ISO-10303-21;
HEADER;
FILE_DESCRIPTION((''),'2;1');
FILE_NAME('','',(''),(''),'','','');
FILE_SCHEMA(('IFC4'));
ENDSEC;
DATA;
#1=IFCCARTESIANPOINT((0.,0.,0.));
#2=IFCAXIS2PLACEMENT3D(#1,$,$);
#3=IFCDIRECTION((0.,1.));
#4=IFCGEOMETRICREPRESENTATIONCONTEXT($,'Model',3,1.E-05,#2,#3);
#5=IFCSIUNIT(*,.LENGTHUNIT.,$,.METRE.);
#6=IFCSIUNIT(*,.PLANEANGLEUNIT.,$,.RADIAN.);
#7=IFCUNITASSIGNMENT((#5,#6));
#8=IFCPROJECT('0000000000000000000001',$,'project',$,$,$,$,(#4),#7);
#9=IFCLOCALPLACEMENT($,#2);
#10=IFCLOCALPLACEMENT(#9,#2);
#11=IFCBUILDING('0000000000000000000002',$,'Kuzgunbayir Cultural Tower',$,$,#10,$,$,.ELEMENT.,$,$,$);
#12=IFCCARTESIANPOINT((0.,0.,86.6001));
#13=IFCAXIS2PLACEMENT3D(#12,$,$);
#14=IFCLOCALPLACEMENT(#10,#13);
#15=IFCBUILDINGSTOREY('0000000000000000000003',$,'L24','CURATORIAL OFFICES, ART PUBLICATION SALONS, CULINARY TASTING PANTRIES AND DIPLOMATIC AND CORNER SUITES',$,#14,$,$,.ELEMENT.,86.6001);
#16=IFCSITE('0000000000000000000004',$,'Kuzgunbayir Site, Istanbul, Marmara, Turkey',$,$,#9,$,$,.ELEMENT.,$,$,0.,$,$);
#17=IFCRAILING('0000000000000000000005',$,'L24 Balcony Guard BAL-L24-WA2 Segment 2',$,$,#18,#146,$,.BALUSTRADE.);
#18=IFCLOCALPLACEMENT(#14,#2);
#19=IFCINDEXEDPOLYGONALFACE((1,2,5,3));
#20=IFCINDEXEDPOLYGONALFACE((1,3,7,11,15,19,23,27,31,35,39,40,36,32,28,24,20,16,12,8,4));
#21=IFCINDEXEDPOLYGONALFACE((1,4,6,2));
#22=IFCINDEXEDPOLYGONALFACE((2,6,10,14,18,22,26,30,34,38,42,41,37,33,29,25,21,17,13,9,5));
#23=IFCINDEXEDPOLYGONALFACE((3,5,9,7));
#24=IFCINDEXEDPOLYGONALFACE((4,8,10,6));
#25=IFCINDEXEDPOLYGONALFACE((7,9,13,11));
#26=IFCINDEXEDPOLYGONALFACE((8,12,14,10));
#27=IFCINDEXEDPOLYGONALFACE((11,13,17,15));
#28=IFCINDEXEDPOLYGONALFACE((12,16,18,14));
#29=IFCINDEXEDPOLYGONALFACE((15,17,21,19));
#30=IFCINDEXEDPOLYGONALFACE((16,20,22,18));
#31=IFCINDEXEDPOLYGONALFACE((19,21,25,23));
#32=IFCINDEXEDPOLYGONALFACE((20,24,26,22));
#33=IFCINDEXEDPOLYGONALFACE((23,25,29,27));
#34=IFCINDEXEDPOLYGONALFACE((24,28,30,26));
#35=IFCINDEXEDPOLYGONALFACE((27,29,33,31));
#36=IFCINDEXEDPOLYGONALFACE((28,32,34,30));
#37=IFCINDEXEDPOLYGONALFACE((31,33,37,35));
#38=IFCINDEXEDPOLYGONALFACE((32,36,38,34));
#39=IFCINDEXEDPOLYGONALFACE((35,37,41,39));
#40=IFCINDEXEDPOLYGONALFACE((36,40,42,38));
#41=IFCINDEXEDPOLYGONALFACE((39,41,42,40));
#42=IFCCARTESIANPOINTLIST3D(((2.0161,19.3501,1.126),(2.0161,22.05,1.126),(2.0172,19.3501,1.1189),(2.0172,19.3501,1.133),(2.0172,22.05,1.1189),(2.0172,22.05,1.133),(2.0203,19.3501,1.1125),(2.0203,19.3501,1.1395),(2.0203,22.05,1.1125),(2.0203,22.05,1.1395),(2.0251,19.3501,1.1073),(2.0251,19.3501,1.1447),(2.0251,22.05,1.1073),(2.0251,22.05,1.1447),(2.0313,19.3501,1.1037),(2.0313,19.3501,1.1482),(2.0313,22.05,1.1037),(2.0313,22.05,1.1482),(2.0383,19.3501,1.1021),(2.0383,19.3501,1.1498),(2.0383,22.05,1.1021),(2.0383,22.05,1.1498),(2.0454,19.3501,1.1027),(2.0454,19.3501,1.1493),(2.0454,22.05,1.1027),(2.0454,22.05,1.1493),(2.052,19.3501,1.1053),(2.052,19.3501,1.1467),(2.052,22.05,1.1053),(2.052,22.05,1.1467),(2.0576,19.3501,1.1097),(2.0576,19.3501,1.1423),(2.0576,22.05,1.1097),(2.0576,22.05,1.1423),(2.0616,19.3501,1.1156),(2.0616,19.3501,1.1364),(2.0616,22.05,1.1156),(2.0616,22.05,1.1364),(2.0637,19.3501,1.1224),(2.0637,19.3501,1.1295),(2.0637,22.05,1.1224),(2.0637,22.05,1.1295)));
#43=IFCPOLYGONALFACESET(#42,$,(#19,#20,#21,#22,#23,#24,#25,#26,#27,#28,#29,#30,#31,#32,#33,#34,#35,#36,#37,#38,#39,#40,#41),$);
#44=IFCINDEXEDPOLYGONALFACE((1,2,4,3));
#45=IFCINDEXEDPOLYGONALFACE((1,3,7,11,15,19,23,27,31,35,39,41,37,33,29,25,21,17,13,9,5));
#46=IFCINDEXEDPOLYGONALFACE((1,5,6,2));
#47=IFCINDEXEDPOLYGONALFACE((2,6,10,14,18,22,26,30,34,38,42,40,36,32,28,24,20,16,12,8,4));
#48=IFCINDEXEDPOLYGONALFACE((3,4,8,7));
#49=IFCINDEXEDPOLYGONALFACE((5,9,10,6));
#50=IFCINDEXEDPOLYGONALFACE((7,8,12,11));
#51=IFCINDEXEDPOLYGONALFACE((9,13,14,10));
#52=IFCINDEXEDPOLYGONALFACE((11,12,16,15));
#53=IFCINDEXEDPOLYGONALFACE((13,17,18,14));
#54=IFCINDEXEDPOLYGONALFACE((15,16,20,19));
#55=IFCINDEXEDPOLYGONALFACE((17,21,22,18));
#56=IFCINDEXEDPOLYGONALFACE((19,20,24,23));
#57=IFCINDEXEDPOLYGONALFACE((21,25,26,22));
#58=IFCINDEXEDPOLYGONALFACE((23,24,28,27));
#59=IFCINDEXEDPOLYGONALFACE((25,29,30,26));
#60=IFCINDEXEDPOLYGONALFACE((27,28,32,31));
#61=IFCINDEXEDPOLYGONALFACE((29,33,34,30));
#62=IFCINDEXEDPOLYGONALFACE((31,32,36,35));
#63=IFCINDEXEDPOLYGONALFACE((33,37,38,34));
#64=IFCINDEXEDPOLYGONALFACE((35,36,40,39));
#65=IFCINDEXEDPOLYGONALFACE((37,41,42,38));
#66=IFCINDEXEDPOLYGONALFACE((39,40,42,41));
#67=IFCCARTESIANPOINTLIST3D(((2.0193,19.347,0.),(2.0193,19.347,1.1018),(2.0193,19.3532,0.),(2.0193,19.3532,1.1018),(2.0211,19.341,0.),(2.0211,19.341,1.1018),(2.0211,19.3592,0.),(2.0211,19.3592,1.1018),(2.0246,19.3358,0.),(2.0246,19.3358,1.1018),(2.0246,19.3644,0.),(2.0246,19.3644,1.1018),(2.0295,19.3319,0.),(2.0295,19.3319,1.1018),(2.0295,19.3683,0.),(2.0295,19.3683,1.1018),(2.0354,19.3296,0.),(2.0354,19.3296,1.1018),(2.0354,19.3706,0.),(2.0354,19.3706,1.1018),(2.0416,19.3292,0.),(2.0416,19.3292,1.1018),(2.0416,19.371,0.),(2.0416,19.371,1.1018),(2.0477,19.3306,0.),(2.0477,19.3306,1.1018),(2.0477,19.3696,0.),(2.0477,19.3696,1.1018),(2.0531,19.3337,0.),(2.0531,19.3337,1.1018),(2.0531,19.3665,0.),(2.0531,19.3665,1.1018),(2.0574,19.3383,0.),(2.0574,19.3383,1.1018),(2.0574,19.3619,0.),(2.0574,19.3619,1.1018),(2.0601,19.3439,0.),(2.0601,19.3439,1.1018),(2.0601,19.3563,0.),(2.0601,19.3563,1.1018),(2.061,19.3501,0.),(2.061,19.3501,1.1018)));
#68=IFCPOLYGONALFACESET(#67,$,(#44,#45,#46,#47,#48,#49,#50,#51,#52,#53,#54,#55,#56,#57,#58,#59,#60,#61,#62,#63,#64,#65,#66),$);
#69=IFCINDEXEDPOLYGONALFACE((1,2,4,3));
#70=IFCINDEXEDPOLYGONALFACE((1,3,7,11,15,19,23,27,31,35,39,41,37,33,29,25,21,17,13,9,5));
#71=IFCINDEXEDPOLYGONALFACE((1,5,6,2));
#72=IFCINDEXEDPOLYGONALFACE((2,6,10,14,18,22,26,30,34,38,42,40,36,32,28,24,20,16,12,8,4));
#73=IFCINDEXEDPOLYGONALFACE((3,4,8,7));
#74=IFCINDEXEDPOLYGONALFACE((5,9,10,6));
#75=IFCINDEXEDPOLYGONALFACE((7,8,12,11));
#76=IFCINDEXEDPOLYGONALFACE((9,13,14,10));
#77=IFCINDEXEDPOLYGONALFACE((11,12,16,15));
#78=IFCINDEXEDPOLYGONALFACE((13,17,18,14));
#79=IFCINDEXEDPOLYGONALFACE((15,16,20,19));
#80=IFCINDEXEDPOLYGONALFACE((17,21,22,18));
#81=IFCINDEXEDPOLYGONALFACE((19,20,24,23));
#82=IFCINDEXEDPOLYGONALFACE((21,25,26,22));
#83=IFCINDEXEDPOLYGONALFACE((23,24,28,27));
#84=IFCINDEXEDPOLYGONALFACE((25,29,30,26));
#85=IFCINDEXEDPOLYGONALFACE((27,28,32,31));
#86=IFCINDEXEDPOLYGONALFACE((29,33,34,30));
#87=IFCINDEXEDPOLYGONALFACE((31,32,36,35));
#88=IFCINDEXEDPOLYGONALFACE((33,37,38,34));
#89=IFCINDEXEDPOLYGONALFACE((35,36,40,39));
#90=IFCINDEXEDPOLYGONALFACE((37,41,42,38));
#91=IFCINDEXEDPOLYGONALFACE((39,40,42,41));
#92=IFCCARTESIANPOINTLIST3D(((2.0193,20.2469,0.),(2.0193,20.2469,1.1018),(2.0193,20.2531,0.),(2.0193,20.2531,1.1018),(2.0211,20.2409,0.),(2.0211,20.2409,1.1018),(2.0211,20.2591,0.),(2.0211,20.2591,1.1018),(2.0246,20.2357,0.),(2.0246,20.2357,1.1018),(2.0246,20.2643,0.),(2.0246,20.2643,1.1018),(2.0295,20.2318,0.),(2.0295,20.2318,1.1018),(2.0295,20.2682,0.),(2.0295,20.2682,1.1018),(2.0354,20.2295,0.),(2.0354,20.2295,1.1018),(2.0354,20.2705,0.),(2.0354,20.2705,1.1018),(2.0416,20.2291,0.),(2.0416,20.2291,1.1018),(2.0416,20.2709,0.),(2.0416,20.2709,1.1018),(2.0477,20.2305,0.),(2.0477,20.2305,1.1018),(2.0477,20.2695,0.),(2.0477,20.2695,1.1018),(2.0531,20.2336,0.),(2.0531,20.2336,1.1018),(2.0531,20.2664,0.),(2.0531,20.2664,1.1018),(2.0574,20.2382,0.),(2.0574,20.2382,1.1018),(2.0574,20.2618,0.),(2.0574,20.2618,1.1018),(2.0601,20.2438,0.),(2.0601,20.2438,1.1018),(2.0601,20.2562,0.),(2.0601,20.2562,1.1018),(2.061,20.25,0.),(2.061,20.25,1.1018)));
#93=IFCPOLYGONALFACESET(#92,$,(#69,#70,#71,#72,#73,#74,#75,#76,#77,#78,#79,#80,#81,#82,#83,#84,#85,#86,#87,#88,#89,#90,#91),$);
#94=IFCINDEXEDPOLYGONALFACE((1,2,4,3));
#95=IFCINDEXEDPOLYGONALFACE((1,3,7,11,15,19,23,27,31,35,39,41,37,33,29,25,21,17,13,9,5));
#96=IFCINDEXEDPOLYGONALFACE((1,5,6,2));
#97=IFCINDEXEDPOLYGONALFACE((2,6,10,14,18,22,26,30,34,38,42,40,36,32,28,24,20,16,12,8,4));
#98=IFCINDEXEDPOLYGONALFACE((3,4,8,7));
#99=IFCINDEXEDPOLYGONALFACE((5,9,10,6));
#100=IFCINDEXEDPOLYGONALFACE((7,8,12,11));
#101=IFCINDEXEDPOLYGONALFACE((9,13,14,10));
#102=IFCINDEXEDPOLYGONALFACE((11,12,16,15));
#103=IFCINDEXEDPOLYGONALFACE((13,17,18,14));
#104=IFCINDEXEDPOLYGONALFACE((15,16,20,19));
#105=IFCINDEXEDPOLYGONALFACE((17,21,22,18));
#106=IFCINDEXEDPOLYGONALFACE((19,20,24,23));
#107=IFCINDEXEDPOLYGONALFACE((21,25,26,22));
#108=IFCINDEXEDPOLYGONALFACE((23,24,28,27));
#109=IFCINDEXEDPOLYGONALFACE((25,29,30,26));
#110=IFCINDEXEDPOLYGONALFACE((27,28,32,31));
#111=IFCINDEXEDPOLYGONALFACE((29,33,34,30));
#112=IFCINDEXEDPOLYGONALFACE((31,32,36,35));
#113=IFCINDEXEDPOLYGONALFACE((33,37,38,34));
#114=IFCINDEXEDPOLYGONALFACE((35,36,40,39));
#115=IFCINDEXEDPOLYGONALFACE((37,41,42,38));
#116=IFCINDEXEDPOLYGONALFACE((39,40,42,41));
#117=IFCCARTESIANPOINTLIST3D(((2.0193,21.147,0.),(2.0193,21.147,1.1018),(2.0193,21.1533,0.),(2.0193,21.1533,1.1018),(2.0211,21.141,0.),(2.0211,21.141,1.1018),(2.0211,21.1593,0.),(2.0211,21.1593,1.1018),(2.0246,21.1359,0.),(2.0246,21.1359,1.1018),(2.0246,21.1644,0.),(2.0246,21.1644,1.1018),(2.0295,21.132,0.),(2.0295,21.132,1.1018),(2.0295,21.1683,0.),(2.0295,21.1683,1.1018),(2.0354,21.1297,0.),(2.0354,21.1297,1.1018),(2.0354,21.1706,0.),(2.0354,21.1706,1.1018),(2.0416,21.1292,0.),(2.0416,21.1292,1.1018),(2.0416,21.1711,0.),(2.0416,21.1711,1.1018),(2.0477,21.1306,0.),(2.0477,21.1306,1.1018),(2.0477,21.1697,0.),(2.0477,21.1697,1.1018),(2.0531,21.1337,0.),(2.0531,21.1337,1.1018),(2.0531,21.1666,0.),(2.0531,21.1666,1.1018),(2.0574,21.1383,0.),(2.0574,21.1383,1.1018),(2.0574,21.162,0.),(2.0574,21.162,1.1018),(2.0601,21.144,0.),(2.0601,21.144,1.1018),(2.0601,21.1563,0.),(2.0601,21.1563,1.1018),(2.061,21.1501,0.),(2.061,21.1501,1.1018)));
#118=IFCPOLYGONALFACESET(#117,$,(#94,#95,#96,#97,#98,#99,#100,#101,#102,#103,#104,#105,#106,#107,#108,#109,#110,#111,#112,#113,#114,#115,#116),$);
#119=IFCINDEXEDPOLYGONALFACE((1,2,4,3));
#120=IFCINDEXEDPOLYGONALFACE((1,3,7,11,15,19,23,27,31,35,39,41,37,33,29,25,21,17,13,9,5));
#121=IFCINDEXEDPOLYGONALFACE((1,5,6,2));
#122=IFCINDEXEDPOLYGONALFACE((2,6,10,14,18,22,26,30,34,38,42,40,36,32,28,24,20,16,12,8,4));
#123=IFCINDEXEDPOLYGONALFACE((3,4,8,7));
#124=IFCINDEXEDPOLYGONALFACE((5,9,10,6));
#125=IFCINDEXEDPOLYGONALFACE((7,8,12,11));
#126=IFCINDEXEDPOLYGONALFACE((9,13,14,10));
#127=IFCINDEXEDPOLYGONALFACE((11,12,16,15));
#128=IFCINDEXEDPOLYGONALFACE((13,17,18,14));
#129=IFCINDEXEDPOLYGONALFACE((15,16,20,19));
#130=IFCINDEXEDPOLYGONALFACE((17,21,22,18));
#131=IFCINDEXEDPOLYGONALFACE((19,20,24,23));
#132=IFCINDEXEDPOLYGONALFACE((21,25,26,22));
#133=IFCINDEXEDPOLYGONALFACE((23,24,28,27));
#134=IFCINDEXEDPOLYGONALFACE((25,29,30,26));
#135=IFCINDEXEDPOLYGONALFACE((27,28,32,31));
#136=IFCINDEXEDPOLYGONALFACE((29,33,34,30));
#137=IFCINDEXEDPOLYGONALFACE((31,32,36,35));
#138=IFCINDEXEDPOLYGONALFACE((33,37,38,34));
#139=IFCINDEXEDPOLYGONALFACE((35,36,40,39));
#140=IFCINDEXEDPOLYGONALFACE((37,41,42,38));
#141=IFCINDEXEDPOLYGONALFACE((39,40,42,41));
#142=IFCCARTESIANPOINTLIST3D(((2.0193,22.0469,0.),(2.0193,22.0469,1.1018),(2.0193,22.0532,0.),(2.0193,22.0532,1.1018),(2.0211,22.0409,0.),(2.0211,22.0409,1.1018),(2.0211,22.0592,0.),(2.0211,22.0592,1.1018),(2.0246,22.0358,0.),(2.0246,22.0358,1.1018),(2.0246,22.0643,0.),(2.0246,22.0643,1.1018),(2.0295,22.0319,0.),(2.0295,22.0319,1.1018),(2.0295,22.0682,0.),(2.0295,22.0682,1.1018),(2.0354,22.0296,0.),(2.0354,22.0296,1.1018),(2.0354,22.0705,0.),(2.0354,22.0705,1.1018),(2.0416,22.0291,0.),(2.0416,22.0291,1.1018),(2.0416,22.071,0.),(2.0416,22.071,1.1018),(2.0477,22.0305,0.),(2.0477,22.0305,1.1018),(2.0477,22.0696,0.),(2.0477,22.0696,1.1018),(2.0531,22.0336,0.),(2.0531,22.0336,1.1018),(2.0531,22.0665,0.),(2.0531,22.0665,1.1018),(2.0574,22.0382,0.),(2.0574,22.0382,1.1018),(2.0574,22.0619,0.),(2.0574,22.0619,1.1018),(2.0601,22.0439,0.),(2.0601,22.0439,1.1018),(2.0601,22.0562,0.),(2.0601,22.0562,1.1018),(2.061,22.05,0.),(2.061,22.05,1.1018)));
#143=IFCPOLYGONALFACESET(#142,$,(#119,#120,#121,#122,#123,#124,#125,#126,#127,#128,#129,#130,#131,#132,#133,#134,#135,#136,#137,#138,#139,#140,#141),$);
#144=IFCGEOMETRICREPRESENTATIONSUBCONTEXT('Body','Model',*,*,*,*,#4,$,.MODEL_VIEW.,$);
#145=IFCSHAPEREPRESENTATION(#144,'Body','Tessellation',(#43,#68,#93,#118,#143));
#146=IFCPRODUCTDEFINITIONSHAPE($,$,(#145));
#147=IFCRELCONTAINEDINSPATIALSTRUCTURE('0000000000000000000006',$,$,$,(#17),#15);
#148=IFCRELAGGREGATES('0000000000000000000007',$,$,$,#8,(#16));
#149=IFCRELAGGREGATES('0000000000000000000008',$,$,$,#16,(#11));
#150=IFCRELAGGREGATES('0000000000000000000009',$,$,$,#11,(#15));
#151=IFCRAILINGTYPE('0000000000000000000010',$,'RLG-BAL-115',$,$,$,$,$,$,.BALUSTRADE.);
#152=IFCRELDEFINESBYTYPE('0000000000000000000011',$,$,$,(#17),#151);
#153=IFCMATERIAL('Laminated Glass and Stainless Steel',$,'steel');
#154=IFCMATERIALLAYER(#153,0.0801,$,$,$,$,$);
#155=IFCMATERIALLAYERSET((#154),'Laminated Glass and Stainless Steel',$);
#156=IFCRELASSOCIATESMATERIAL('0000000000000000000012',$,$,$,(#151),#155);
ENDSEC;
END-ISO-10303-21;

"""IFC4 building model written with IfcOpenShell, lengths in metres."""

from ifc_helpers import new_model, si_unit, direction, frame, origin, origin_2d, place, context, subcontext, project, spatial, circle, extrude, material, layer, layer_set, type_object, element, save


model = new_model("IFC4")

# Units and contexts
model_context = context("Model", 3, precision=1e-05, world=origin(), true_north=direction((0.0, 1.0)))
body_context = subcontext(model_context, "Body", "Model", "MODEL_VIEW")
ifc_project = project(units=[si_unit("LENGTHUNIT", "METRE"), si_unit("PLANEANGLEUNIT", "RADIAN")], contexts=[model_context])

# Site, building, storey
site_placement = place(None, origin())
site = spatial("IfcSite", under=ifc_project, at=site_placement, Name="Kuzgunbayir Site, Istanbul, Marmara, Turkey", CompositionType="ELEMENT", RefElevation=0.0)
building_placement = place(site_placement, origin())
building = spatial("IfcBuilding", under=site, at=building_placement, Name="Kuzgunbayir Cultural Tower", CompositionType="ELEMENT")
storey_placement = place(building_placement, frame((0.0, 0.0, 86.6001)))
storey = spatial("IfcBuildingStorey", under=building, at=storey_placement, Name="L24", Description="CURATORIAL OFFICES, ART PUBLICATION SALONS, CULINARY TASTING PANTRIES AND DIPLOMATIC AND CORNER SUITES", CompositionType="ELEMENT", Elevation=86.6001)

# Railing
ifc_material_1 = material(Name="Laminated Glass and Stainless Steel", Category="steel")
ifc_layer_1 = layer(ifc_material_1, 0.0801)
ifc_layer_set_1 = layer_set([ifc_layer_1], Name="Laminated Glass and Stainless Steel")
railing_type = type_object("IfcRailingType", Name="RLG-BAL-115", PredefinedType="BALUSTRADE", material=ifc_layer_set_1)
railing_1_placement = place(storey_placement, frame((2.04, 19.3501, 0.0)))
element("IfcRailing", 1, at=railing_1_placement, inside=storey, type_object=railing_type, Name="L24 Balcony Guard BAL-L24-WA2 Segment 2", PredefinedType="BALUSTRADE", context=body_context, shape_type="SweptSolid", body=[
    extrude(circle(Radius=0.0239, at=origin_2d()), frame((0.0, 0.0, 1.126), z_axis=(0.0, 1.0, 0.0), x_axis=(-1.0, 0.0, 0.0)), (0.0, 0.0, 1.0), 2.7),
    extrude(circle(Radius=0.021, at=origin_2d()), origin(), (0.0, 0.0, 1.0), 1.1018),
    extrude(circle(Radius=0.021, at=origin_2d()), frame((0.0, 0.8999, 0.0)), (0.0, 0.0, 1.0), 1.1018),
    extrude(circle(Radius=0.021, at=origin_2d()), frame((0.0, 1.8, 0.0)), (0.0, 0.0, 1.0), 1.1018),
    extrude(circle(Radius=0.021, at=origin_2d()), frame((0.0, 2.7, 0.0)), (0.0, 0.0, 1.0), 1.1018),
])

save(model, "model.ifc")
